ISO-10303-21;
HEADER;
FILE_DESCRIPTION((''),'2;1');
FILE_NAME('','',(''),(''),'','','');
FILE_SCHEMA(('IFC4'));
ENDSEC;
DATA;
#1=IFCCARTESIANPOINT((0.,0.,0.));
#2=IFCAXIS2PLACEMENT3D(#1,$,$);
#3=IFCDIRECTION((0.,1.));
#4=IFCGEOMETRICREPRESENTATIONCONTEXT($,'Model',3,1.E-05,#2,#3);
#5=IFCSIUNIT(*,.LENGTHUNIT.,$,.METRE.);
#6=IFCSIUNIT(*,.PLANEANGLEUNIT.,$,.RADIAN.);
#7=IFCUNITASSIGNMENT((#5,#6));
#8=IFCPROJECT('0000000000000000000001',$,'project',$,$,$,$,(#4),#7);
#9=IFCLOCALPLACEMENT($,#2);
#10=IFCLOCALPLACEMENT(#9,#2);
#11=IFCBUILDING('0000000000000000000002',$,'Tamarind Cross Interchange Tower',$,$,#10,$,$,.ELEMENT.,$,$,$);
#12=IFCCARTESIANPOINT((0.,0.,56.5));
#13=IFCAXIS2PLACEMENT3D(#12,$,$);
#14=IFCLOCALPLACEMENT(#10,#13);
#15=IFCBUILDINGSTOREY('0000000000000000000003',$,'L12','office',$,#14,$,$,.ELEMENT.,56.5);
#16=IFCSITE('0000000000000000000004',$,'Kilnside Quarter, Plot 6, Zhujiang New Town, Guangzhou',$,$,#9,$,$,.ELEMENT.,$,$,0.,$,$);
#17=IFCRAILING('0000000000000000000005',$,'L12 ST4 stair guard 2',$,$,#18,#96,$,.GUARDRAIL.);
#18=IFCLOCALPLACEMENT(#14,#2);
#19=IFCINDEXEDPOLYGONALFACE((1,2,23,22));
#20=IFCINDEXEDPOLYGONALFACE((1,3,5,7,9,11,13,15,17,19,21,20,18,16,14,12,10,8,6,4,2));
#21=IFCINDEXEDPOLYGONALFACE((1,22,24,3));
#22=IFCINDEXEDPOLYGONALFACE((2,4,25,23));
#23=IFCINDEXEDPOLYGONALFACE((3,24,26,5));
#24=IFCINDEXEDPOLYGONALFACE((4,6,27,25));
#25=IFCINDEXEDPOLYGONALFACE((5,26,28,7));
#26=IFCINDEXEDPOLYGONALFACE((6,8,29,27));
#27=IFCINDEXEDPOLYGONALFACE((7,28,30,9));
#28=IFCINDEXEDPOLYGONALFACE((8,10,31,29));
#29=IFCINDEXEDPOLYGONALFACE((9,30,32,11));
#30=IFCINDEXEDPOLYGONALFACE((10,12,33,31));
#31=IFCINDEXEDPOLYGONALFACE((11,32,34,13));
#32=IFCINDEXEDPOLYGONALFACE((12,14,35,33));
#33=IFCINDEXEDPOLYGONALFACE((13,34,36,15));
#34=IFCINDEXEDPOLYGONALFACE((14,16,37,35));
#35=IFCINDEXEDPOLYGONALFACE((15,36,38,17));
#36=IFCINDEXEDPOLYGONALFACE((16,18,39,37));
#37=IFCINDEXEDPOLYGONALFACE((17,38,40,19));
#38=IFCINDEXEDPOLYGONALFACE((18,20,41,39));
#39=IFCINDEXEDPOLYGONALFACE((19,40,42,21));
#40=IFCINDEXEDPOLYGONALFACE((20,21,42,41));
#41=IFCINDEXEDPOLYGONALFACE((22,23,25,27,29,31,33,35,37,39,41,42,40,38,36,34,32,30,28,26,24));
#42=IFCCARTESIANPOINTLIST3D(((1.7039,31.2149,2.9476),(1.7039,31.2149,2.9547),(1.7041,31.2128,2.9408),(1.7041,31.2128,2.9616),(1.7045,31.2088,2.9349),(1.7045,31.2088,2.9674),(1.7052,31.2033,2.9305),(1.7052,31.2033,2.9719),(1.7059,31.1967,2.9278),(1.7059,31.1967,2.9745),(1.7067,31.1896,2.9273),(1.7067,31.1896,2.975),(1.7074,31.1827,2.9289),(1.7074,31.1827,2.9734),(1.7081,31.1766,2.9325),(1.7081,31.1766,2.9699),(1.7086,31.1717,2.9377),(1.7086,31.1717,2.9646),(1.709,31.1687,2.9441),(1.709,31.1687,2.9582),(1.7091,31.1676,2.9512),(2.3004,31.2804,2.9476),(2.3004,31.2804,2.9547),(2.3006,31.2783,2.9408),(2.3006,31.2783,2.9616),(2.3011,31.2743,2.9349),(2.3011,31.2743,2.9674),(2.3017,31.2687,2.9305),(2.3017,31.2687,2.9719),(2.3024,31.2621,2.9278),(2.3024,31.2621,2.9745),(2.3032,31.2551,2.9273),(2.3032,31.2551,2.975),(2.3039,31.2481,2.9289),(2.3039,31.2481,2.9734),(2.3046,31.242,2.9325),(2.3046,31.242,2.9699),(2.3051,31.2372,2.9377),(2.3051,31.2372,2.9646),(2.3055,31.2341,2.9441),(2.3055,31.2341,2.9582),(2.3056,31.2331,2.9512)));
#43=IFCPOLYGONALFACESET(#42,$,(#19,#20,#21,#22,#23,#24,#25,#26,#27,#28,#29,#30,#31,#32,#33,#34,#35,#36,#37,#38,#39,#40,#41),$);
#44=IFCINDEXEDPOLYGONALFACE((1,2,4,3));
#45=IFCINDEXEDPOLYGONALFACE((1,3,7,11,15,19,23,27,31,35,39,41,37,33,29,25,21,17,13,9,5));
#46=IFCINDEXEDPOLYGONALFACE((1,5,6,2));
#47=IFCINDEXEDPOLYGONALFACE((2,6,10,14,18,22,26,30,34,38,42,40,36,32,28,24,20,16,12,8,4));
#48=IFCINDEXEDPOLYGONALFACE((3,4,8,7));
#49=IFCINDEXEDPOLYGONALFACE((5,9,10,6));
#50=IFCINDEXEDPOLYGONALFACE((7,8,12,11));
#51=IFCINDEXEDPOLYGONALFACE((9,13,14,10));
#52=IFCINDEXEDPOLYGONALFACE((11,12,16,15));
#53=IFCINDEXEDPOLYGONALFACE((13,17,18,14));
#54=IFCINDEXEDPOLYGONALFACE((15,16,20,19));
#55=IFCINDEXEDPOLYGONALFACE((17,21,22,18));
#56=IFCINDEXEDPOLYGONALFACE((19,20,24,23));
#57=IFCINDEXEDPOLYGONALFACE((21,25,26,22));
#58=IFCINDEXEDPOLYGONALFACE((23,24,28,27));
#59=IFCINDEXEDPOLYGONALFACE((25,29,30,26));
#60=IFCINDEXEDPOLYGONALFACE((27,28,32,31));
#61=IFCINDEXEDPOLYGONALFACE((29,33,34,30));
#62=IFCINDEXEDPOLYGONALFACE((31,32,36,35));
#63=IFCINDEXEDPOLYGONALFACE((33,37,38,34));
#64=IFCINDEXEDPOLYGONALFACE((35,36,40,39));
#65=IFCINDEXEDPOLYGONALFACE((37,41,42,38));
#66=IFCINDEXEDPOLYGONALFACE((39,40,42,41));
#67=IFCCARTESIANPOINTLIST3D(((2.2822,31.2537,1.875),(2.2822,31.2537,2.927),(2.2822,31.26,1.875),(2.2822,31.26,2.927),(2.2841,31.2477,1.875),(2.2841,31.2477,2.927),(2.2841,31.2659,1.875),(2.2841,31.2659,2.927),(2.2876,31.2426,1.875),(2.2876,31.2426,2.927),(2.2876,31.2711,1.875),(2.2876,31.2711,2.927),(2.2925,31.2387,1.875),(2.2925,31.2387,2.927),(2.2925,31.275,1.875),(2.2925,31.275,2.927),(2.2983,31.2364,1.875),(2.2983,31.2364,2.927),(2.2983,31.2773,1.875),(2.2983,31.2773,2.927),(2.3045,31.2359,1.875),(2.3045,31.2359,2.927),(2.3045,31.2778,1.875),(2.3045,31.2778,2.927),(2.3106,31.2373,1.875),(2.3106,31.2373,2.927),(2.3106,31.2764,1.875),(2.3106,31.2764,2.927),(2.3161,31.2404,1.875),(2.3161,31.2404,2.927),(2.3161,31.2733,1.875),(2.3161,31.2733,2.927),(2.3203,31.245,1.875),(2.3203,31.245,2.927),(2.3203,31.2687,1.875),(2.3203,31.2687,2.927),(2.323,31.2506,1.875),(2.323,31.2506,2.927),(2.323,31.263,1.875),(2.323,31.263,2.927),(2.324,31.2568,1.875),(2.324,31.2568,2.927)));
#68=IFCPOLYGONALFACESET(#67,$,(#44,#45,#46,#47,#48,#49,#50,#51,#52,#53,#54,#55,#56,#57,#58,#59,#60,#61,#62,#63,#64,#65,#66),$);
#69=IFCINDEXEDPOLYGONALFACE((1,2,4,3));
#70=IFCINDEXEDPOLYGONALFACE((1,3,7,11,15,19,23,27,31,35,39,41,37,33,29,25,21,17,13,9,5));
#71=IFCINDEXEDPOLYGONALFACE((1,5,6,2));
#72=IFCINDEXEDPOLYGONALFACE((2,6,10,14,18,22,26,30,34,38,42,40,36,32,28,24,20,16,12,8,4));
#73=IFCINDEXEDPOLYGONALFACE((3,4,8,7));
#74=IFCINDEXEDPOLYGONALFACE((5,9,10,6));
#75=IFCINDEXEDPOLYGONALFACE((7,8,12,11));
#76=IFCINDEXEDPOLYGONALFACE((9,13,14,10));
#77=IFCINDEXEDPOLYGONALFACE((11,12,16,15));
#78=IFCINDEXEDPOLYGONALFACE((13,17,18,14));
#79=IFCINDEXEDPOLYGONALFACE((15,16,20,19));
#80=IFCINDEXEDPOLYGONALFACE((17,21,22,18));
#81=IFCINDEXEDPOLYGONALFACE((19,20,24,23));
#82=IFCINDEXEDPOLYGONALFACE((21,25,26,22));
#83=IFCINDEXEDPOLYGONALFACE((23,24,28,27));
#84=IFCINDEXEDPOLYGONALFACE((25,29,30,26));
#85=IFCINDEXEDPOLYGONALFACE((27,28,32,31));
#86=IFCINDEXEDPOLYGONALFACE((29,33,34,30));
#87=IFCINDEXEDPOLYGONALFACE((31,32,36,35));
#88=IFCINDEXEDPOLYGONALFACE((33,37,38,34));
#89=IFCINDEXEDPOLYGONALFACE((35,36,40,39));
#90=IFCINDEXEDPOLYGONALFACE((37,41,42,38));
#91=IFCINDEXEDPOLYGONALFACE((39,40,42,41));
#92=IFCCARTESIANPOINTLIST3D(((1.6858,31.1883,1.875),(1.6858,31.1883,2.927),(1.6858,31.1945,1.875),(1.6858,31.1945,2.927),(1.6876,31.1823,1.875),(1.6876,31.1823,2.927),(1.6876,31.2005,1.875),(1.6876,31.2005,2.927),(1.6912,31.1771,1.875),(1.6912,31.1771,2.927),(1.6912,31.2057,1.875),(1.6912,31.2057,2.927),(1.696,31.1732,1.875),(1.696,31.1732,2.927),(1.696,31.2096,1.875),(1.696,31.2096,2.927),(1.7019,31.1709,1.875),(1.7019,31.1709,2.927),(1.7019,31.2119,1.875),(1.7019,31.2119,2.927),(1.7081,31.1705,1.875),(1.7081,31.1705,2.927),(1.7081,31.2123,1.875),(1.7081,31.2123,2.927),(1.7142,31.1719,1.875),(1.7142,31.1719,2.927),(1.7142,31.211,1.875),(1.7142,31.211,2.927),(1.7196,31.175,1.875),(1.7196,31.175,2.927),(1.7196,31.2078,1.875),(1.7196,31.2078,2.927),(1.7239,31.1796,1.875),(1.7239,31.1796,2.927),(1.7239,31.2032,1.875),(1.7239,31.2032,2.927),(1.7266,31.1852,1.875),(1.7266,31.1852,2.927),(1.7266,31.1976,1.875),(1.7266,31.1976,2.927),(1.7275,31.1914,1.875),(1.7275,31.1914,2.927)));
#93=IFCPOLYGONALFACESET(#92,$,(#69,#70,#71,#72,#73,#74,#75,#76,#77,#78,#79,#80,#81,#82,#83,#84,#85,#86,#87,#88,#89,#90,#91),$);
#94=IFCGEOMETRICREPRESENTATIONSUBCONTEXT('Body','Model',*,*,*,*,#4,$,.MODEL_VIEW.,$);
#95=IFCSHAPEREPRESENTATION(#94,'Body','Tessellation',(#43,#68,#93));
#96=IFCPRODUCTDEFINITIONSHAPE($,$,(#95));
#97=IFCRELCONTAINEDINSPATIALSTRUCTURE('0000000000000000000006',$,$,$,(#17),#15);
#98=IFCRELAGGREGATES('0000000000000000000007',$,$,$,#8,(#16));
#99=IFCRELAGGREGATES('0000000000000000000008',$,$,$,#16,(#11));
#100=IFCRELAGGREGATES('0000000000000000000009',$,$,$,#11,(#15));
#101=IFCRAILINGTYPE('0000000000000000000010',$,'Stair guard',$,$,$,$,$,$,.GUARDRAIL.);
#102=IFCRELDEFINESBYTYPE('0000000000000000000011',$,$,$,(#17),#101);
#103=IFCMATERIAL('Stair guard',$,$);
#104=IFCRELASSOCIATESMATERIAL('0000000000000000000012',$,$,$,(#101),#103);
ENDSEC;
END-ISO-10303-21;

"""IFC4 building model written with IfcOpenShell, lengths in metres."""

from ifc_helpers import new_model, si_unit, direction, frame, origin, origin_2d, place, context, subcontext, project, spatial, circle, extrude, material, type_object, element, save


model = new_model("IFC4")

# Units and contexts
model_context = context("Model", 3, precision=1e-05, world=origin(), true_north=direction((0.0, 1.0)))
body_context = subcontext(model_context, "Body", "Model", "MODEL_VIEW")
ifc_project = project(units=[si_unit("LENGTHUNIT", "METRE"), si_unit("PLANEANGLEUNIT", "RADIAN")], contexts=[model_context])

# Site, building, storey
site_placement = place(None, origin())
site = spatial("IfcSite", under=ifc_project, at=site_placement, Name="Kilnside Quarter, Plot 6, Zhujiang New Town, Guangzhou", CompositionType="ELEMENT", RefElevation=0.0)
building_placement = place(site_placement, origin())
building = spatial("IfcBuilding", under=site, at=building_placement, Name="Tamarind Cross Interchange Tower", CompositionType="ELEMENT")
storey_placement = place(building_placement, frame((0.0, 0.0, 56.5)))
storey = spatial("IfcBuildingStorey", under=building, at=storey_placement, Name="L12", Description="office", CompositionType="ELEMENT", Elevation=56.5)

# Railing
ifc_material_1 = material(Name="Stair guard")
railing_type_1 = type_object("IfcRailingType", Name="Stair guard", PredefinedType="GUARDRAIL", material=ifc_material_1)
railing_1_placement = place(storey_placement, frame((2.303, 31.2568, 1.875)))
element("IfcRailing", 1, at=railing_1_placement, inside=storey, type_object=railing_type_1, Name="L12 ST4 stair guard 2", PredefinedType="GUARDRAIL", context=body_context, shape_type="SweptSolid", body=[
    extrude(circle(Radius=0.0239, at=origin_2d()), frame((0.0, 0.0, 1.0762), z_axis=(-0.994037, -0.109047, 0.0), x_axis=(0.109047, -0.994037, 0.0)), (0.0, 0.0, 1.0), 0.6001),
    extrude(circle(Radius=0.021, at=origin_2d()), origin(), (0.0, 0.0, 1.0), 1.052),
    extrude(circle(Radius=0.021, at=origin_2d()), frame((-0.5964, -0.0654, 0.0)), (0.0, 0.0, 1.0), 1.052),
])

save(model, "model.ifc")
